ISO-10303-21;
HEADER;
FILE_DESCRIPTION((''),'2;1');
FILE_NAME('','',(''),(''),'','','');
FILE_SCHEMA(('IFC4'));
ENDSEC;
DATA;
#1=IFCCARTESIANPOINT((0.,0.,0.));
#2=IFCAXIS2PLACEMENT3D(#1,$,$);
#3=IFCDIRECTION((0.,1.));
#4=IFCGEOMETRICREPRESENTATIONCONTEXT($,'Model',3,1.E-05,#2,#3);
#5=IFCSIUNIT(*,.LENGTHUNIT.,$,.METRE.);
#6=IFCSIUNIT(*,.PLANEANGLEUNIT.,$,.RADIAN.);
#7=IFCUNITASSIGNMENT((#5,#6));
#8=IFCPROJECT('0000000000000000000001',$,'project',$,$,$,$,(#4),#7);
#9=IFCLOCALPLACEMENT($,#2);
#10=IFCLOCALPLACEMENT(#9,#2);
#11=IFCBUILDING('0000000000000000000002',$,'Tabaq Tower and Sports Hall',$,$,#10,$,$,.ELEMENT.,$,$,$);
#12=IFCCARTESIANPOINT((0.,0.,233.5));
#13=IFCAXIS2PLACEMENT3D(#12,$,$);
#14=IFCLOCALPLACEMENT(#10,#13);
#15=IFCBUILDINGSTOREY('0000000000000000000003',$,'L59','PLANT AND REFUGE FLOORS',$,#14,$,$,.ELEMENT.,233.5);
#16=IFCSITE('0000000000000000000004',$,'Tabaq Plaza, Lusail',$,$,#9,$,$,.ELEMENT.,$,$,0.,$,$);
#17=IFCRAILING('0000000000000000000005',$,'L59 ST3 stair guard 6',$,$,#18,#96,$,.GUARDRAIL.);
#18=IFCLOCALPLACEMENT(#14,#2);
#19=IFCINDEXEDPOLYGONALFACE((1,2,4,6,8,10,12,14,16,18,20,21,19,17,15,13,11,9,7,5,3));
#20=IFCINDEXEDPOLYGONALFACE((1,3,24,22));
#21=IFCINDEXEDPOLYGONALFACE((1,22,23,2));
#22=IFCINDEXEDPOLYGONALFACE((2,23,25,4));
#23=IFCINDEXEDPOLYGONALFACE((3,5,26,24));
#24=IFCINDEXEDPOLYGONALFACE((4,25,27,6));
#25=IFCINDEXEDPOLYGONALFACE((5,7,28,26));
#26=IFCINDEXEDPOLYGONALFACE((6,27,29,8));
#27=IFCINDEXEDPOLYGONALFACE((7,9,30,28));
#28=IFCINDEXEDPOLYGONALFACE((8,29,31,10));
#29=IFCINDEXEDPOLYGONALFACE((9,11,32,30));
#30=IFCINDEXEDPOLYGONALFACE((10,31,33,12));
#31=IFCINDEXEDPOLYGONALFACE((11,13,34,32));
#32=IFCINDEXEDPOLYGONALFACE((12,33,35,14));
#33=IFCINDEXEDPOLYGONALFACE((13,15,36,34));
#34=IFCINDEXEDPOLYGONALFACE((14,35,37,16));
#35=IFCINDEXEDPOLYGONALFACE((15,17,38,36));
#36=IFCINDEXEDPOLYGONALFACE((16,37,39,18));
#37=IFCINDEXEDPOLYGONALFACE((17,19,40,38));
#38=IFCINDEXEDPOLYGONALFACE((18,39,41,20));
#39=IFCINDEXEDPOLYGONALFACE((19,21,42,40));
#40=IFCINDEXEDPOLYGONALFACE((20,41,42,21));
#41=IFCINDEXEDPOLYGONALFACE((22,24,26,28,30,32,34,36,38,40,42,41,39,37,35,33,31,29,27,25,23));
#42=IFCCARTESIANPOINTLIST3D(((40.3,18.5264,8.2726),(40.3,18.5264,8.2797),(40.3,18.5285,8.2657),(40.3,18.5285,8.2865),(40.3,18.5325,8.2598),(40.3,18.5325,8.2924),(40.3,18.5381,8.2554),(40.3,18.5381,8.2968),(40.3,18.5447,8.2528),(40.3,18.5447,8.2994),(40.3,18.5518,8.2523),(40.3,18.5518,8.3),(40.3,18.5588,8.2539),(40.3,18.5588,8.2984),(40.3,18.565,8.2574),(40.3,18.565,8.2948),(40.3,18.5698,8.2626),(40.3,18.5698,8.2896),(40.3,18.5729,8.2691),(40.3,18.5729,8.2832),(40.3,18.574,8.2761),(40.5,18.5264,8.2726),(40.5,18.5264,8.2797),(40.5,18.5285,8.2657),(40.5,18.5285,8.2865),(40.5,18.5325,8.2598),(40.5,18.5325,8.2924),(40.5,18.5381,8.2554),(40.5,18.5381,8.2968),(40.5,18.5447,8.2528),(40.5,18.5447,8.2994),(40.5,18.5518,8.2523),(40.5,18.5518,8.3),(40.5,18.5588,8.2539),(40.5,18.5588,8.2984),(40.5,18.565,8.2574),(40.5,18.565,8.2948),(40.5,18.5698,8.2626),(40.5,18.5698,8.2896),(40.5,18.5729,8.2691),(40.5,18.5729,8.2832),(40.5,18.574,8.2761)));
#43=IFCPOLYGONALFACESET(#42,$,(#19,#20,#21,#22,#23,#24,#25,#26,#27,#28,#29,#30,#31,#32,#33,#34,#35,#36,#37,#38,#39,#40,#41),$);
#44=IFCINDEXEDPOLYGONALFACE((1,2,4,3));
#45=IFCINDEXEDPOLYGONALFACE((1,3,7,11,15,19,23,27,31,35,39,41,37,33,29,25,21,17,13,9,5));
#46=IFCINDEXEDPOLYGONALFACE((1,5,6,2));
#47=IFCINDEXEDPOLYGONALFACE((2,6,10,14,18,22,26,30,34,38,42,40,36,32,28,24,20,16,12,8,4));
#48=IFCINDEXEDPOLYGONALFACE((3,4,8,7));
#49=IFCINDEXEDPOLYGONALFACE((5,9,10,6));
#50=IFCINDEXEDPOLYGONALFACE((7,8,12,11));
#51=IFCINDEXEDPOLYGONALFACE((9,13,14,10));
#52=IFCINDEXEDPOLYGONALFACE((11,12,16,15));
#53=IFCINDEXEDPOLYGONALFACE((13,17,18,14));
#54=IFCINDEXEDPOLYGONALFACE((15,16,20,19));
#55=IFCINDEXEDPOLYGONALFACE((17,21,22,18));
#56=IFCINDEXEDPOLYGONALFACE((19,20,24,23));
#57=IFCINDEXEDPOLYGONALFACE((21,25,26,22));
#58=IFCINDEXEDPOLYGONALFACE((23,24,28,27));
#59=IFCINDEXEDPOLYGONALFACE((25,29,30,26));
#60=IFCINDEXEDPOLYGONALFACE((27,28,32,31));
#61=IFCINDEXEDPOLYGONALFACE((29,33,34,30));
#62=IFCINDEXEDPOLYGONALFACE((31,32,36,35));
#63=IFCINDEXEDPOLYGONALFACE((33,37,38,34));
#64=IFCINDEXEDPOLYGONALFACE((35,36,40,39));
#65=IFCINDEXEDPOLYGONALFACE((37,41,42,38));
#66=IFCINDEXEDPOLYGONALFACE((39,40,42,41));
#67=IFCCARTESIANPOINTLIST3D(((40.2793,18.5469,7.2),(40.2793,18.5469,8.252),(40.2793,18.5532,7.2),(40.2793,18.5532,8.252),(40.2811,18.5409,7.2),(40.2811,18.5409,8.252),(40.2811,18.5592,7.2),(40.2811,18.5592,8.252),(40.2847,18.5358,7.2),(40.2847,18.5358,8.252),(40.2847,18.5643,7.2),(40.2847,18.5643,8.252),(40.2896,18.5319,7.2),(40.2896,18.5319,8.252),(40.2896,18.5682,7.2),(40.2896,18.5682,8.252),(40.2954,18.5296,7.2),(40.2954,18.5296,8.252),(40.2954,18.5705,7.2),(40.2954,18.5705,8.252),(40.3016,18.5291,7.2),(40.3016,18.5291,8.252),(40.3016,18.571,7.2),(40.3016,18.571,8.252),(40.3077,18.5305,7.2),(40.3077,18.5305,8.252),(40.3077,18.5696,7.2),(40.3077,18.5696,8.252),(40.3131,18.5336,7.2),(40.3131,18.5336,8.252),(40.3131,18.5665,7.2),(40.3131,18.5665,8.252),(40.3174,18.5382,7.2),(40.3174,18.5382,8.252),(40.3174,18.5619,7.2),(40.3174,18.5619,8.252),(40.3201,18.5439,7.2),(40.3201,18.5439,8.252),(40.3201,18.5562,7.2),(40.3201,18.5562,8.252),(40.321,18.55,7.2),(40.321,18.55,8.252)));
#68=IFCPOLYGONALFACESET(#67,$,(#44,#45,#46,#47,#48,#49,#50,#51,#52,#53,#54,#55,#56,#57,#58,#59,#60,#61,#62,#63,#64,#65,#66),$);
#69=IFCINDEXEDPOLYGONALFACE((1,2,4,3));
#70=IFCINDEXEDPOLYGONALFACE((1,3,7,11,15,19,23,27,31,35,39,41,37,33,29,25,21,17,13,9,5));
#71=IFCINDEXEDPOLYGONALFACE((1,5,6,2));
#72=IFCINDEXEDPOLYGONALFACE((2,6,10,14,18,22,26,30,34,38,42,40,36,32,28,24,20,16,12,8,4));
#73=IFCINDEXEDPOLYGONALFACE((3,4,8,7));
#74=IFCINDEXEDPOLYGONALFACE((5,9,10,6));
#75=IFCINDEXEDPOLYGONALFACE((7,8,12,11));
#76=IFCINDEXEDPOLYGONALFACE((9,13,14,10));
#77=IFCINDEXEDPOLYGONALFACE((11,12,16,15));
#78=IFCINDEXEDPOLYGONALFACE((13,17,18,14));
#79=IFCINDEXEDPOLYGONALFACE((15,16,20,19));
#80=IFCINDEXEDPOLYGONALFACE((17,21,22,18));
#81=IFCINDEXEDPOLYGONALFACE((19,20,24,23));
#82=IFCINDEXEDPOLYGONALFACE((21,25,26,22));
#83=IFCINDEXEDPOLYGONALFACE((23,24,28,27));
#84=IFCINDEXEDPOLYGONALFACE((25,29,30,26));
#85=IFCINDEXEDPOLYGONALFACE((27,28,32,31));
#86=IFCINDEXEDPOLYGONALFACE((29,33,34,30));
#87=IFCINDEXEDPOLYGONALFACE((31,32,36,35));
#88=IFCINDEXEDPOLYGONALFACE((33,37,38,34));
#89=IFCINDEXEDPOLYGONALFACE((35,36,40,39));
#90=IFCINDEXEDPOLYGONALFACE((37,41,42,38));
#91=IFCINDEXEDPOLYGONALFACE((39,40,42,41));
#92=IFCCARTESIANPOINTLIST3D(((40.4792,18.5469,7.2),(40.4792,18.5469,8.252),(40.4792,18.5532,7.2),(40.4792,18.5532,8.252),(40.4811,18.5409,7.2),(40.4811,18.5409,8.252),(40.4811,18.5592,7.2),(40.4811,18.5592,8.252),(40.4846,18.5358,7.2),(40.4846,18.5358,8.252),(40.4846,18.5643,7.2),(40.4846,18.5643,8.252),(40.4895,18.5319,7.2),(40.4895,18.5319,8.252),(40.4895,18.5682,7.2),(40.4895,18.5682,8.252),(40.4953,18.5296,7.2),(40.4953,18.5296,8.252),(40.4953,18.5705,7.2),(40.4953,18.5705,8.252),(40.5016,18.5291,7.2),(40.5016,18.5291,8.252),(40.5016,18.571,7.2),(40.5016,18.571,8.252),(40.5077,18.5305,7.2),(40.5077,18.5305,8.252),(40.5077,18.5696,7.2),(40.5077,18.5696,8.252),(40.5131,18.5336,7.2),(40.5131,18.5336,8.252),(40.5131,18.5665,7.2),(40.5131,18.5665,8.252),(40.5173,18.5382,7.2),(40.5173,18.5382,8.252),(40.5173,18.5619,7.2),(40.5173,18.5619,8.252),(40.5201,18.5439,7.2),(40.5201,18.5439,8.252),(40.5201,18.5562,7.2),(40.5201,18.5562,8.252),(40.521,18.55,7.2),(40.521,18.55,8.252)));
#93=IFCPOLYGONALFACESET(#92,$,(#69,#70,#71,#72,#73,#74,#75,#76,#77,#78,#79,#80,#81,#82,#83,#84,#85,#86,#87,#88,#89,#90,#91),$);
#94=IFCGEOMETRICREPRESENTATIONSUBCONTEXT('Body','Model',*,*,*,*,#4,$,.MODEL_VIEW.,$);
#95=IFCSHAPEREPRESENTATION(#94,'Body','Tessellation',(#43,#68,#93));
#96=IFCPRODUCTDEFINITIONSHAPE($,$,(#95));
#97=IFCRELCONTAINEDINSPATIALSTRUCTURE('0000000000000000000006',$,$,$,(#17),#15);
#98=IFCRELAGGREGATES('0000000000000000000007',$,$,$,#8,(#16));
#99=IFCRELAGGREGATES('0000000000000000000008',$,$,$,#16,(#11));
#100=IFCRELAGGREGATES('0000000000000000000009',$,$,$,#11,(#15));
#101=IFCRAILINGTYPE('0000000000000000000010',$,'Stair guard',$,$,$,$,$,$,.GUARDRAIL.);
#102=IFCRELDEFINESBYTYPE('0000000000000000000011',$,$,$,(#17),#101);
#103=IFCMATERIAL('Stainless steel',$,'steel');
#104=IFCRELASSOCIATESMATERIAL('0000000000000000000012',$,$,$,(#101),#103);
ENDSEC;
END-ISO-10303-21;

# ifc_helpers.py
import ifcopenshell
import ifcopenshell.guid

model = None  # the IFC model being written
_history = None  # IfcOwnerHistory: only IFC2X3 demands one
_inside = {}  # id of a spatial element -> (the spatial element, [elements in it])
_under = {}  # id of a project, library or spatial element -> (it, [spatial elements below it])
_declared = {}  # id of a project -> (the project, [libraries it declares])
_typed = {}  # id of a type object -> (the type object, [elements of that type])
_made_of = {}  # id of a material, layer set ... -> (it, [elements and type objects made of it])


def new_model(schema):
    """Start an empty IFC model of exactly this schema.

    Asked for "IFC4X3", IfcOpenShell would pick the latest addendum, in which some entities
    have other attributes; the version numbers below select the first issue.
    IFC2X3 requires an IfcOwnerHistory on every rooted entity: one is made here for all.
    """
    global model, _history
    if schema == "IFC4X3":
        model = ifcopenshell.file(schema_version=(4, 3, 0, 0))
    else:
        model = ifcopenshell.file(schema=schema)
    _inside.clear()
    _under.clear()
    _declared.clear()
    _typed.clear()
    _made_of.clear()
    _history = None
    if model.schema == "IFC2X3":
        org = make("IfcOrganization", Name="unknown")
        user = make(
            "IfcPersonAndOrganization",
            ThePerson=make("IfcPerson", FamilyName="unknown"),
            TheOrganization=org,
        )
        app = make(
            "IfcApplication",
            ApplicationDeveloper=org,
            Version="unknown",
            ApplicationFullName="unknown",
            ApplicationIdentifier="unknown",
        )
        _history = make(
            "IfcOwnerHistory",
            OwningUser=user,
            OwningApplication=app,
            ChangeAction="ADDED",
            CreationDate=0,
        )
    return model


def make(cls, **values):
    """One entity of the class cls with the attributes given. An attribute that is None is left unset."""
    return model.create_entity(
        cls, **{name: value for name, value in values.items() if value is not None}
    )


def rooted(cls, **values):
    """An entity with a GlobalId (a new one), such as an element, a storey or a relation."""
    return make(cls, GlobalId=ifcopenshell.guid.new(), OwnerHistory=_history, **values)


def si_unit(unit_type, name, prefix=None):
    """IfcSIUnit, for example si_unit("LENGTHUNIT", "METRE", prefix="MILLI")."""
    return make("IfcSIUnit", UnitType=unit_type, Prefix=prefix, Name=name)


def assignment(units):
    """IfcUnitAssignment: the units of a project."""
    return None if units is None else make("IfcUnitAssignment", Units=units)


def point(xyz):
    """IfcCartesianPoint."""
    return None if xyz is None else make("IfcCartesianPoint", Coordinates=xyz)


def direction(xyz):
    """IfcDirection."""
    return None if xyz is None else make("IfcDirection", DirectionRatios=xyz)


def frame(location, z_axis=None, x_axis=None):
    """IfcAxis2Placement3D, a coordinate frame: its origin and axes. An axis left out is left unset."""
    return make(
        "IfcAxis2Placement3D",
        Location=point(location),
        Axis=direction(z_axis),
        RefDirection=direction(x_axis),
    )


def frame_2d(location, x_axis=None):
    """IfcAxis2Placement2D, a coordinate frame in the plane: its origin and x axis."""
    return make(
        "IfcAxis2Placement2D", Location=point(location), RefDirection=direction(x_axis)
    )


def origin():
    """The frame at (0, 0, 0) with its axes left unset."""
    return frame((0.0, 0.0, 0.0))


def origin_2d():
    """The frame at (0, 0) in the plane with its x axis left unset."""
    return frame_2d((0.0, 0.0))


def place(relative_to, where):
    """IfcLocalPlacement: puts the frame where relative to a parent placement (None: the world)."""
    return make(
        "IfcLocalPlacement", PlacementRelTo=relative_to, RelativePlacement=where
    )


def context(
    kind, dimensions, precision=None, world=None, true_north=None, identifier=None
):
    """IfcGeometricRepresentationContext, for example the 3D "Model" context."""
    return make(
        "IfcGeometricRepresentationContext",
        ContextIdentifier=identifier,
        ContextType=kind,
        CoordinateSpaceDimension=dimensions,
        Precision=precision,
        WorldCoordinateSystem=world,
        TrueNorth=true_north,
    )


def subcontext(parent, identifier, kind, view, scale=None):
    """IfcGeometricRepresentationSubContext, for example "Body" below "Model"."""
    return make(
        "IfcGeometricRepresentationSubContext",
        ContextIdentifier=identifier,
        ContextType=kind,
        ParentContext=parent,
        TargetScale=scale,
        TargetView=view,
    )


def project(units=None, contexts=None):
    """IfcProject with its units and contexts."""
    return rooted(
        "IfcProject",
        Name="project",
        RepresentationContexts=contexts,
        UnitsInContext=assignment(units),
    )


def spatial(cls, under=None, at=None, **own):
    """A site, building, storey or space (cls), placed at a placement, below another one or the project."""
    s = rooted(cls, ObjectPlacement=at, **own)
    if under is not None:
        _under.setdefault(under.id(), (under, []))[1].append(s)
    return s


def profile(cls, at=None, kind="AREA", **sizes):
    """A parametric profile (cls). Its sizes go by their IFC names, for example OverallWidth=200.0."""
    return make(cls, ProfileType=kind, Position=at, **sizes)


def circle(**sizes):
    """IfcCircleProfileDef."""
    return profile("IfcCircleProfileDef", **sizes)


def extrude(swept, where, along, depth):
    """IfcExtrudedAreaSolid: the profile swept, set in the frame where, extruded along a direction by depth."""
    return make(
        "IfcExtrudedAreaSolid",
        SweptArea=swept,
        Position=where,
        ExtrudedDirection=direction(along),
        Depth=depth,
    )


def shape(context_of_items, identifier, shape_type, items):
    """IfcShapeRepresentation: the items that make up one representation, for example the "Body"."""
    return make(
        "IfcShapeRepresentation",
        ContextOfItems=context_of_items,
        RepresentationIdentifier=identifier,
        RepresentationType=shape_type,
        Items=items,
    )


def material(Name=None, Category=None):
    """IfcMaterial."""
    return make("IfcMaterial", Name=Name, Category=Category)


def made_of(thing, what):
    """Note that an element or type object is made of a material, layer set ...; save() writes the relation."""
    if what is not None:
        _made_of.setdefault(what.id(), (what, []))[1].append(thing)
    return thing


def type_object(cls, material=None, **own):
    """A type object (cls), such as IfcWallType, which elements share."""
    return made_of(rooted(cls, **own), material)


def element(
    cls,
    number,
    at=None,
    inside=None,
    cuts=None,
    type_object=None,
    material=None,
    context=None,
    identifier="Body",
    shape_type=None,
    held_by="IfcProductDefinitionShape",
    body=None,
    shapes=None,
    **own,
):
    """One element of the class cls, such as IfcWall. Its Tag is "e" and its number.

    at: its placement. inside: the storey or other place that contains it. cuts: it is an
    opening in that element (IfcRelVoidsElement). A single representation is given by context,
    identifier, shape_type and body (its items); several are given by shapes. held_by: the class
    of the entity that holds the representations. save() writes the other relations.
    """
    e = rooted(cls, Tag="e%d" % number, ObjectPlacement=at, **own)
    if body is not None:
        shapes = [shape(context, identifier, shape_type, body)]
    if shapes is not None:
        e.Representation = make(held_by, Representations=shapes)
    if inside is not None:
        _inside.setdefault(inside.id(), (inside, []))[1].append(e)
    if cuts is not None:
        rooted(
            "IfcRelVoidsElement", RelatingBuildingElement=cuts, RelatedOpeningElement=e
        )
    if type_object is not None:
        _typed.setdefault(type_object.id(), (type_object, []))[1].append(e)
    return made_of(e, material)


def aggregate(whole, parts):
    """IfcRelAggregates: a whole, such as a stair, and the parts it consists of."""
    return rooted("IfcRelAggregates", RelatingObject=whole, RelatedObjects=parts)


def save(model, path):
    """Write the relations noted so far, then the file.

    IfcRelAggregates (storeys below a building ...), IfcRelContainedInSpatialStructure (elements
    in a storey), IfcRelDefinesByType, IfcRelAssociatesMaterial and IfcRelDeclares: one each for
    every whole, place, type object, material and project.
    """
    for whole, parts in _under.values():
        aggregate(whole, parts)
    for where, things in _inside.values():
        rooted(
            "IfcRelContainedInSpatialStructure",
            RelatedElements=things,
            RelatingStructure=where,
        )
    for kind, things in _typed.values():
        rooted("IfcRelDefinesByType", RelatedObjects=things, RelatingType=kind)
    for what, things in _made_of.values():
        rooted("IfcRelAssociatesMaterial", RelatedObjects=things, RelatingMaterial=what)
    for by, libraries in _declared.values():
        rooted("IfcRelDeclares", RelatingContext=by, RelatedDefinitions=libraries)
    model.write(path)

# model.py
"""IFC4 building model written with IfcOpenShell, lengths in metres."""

from ifc_helpers import new_model, si_unit, direction, frame, origin, origin_2d, place, context, subcontext, project, spatial, circle, extrude, material, type_object, element, save


model = new_model("IFC4")

# Units and contexts
model_context = context("Model", 3, precision=1e-05, world=origin(), true_north=direction((0.0, 1.0)))
body_context = subcontext(model_context, "Body", "Model", "MODEL_VIEW")
ifc_project = project(units=[si_unit("LENGTHUNIT", "METRE"), si_unit("PLANEANGLEUNIT", "RADIAN")], contexts=[model_context])

# Site, building, storey
site_placement = place(None, origin())
site = spatial("IfcSite", under=ifc_project, at=site_placement, Name="Tabaq Plaza, Lusail", CompositionType="ELEMENT", RefElevation=0.0)
building_placement = place(site_placement, origin())
building = spatial("IfcBuilding", under=site, at=building_placement, Name="Tabaq Tower and Sports Hall", CompositionType="ELEMENT")
storey_placement = place(building_placement, frame((0.0, 0.0, 233.5)))
storey = spatial("IfcBuildingStorey", under=building, at=storey_placement, Name="L59", Description="PLANT AND REFUGE FLOORS", CompositionType="ELEMENT", Elevation=233.5)

# Railing
ifc_material_1 = material(Name="Stainless steel", Category="steel")
railing_type_1 = type_object("IfcRailingType", Name="Stair guard", PredefinedType="GUARDRAIL", material=ifc_material_1)
railing_1_placement = place(storey_placement, frame((40.3, 18.55, 7.2)))
element("IfcRailing", 1, at=railing_1_placement, inside=storey, type_object=railing_type_1, Name="L59 ST3 stair guard 6", PredefinedType="GUARDRAIL", context=body_context, shape_type="SweptSolid", body=[
    extrude(circle(Radius=0.0239, at=origin_2d()), frame((0.0, 0.0, 1.0762), z_axis=(1.0, 0.0, 0.0), x_axis=(0.0, 1.0, 0.0)), (0.0, 0.0, 1.0), 0.2),
    extrude(circle(Radius=0.021, at=origin_2d()), origin(), (0.0, 0.0, 1.0), 1.052),
    extrude(circle(Radius=0.021, at=origin_2d()), frame((0.2, 0.0, 0.0)), (0.0, 0.0, 1.0), 1.052),
])

save(model, "model.ifc")
